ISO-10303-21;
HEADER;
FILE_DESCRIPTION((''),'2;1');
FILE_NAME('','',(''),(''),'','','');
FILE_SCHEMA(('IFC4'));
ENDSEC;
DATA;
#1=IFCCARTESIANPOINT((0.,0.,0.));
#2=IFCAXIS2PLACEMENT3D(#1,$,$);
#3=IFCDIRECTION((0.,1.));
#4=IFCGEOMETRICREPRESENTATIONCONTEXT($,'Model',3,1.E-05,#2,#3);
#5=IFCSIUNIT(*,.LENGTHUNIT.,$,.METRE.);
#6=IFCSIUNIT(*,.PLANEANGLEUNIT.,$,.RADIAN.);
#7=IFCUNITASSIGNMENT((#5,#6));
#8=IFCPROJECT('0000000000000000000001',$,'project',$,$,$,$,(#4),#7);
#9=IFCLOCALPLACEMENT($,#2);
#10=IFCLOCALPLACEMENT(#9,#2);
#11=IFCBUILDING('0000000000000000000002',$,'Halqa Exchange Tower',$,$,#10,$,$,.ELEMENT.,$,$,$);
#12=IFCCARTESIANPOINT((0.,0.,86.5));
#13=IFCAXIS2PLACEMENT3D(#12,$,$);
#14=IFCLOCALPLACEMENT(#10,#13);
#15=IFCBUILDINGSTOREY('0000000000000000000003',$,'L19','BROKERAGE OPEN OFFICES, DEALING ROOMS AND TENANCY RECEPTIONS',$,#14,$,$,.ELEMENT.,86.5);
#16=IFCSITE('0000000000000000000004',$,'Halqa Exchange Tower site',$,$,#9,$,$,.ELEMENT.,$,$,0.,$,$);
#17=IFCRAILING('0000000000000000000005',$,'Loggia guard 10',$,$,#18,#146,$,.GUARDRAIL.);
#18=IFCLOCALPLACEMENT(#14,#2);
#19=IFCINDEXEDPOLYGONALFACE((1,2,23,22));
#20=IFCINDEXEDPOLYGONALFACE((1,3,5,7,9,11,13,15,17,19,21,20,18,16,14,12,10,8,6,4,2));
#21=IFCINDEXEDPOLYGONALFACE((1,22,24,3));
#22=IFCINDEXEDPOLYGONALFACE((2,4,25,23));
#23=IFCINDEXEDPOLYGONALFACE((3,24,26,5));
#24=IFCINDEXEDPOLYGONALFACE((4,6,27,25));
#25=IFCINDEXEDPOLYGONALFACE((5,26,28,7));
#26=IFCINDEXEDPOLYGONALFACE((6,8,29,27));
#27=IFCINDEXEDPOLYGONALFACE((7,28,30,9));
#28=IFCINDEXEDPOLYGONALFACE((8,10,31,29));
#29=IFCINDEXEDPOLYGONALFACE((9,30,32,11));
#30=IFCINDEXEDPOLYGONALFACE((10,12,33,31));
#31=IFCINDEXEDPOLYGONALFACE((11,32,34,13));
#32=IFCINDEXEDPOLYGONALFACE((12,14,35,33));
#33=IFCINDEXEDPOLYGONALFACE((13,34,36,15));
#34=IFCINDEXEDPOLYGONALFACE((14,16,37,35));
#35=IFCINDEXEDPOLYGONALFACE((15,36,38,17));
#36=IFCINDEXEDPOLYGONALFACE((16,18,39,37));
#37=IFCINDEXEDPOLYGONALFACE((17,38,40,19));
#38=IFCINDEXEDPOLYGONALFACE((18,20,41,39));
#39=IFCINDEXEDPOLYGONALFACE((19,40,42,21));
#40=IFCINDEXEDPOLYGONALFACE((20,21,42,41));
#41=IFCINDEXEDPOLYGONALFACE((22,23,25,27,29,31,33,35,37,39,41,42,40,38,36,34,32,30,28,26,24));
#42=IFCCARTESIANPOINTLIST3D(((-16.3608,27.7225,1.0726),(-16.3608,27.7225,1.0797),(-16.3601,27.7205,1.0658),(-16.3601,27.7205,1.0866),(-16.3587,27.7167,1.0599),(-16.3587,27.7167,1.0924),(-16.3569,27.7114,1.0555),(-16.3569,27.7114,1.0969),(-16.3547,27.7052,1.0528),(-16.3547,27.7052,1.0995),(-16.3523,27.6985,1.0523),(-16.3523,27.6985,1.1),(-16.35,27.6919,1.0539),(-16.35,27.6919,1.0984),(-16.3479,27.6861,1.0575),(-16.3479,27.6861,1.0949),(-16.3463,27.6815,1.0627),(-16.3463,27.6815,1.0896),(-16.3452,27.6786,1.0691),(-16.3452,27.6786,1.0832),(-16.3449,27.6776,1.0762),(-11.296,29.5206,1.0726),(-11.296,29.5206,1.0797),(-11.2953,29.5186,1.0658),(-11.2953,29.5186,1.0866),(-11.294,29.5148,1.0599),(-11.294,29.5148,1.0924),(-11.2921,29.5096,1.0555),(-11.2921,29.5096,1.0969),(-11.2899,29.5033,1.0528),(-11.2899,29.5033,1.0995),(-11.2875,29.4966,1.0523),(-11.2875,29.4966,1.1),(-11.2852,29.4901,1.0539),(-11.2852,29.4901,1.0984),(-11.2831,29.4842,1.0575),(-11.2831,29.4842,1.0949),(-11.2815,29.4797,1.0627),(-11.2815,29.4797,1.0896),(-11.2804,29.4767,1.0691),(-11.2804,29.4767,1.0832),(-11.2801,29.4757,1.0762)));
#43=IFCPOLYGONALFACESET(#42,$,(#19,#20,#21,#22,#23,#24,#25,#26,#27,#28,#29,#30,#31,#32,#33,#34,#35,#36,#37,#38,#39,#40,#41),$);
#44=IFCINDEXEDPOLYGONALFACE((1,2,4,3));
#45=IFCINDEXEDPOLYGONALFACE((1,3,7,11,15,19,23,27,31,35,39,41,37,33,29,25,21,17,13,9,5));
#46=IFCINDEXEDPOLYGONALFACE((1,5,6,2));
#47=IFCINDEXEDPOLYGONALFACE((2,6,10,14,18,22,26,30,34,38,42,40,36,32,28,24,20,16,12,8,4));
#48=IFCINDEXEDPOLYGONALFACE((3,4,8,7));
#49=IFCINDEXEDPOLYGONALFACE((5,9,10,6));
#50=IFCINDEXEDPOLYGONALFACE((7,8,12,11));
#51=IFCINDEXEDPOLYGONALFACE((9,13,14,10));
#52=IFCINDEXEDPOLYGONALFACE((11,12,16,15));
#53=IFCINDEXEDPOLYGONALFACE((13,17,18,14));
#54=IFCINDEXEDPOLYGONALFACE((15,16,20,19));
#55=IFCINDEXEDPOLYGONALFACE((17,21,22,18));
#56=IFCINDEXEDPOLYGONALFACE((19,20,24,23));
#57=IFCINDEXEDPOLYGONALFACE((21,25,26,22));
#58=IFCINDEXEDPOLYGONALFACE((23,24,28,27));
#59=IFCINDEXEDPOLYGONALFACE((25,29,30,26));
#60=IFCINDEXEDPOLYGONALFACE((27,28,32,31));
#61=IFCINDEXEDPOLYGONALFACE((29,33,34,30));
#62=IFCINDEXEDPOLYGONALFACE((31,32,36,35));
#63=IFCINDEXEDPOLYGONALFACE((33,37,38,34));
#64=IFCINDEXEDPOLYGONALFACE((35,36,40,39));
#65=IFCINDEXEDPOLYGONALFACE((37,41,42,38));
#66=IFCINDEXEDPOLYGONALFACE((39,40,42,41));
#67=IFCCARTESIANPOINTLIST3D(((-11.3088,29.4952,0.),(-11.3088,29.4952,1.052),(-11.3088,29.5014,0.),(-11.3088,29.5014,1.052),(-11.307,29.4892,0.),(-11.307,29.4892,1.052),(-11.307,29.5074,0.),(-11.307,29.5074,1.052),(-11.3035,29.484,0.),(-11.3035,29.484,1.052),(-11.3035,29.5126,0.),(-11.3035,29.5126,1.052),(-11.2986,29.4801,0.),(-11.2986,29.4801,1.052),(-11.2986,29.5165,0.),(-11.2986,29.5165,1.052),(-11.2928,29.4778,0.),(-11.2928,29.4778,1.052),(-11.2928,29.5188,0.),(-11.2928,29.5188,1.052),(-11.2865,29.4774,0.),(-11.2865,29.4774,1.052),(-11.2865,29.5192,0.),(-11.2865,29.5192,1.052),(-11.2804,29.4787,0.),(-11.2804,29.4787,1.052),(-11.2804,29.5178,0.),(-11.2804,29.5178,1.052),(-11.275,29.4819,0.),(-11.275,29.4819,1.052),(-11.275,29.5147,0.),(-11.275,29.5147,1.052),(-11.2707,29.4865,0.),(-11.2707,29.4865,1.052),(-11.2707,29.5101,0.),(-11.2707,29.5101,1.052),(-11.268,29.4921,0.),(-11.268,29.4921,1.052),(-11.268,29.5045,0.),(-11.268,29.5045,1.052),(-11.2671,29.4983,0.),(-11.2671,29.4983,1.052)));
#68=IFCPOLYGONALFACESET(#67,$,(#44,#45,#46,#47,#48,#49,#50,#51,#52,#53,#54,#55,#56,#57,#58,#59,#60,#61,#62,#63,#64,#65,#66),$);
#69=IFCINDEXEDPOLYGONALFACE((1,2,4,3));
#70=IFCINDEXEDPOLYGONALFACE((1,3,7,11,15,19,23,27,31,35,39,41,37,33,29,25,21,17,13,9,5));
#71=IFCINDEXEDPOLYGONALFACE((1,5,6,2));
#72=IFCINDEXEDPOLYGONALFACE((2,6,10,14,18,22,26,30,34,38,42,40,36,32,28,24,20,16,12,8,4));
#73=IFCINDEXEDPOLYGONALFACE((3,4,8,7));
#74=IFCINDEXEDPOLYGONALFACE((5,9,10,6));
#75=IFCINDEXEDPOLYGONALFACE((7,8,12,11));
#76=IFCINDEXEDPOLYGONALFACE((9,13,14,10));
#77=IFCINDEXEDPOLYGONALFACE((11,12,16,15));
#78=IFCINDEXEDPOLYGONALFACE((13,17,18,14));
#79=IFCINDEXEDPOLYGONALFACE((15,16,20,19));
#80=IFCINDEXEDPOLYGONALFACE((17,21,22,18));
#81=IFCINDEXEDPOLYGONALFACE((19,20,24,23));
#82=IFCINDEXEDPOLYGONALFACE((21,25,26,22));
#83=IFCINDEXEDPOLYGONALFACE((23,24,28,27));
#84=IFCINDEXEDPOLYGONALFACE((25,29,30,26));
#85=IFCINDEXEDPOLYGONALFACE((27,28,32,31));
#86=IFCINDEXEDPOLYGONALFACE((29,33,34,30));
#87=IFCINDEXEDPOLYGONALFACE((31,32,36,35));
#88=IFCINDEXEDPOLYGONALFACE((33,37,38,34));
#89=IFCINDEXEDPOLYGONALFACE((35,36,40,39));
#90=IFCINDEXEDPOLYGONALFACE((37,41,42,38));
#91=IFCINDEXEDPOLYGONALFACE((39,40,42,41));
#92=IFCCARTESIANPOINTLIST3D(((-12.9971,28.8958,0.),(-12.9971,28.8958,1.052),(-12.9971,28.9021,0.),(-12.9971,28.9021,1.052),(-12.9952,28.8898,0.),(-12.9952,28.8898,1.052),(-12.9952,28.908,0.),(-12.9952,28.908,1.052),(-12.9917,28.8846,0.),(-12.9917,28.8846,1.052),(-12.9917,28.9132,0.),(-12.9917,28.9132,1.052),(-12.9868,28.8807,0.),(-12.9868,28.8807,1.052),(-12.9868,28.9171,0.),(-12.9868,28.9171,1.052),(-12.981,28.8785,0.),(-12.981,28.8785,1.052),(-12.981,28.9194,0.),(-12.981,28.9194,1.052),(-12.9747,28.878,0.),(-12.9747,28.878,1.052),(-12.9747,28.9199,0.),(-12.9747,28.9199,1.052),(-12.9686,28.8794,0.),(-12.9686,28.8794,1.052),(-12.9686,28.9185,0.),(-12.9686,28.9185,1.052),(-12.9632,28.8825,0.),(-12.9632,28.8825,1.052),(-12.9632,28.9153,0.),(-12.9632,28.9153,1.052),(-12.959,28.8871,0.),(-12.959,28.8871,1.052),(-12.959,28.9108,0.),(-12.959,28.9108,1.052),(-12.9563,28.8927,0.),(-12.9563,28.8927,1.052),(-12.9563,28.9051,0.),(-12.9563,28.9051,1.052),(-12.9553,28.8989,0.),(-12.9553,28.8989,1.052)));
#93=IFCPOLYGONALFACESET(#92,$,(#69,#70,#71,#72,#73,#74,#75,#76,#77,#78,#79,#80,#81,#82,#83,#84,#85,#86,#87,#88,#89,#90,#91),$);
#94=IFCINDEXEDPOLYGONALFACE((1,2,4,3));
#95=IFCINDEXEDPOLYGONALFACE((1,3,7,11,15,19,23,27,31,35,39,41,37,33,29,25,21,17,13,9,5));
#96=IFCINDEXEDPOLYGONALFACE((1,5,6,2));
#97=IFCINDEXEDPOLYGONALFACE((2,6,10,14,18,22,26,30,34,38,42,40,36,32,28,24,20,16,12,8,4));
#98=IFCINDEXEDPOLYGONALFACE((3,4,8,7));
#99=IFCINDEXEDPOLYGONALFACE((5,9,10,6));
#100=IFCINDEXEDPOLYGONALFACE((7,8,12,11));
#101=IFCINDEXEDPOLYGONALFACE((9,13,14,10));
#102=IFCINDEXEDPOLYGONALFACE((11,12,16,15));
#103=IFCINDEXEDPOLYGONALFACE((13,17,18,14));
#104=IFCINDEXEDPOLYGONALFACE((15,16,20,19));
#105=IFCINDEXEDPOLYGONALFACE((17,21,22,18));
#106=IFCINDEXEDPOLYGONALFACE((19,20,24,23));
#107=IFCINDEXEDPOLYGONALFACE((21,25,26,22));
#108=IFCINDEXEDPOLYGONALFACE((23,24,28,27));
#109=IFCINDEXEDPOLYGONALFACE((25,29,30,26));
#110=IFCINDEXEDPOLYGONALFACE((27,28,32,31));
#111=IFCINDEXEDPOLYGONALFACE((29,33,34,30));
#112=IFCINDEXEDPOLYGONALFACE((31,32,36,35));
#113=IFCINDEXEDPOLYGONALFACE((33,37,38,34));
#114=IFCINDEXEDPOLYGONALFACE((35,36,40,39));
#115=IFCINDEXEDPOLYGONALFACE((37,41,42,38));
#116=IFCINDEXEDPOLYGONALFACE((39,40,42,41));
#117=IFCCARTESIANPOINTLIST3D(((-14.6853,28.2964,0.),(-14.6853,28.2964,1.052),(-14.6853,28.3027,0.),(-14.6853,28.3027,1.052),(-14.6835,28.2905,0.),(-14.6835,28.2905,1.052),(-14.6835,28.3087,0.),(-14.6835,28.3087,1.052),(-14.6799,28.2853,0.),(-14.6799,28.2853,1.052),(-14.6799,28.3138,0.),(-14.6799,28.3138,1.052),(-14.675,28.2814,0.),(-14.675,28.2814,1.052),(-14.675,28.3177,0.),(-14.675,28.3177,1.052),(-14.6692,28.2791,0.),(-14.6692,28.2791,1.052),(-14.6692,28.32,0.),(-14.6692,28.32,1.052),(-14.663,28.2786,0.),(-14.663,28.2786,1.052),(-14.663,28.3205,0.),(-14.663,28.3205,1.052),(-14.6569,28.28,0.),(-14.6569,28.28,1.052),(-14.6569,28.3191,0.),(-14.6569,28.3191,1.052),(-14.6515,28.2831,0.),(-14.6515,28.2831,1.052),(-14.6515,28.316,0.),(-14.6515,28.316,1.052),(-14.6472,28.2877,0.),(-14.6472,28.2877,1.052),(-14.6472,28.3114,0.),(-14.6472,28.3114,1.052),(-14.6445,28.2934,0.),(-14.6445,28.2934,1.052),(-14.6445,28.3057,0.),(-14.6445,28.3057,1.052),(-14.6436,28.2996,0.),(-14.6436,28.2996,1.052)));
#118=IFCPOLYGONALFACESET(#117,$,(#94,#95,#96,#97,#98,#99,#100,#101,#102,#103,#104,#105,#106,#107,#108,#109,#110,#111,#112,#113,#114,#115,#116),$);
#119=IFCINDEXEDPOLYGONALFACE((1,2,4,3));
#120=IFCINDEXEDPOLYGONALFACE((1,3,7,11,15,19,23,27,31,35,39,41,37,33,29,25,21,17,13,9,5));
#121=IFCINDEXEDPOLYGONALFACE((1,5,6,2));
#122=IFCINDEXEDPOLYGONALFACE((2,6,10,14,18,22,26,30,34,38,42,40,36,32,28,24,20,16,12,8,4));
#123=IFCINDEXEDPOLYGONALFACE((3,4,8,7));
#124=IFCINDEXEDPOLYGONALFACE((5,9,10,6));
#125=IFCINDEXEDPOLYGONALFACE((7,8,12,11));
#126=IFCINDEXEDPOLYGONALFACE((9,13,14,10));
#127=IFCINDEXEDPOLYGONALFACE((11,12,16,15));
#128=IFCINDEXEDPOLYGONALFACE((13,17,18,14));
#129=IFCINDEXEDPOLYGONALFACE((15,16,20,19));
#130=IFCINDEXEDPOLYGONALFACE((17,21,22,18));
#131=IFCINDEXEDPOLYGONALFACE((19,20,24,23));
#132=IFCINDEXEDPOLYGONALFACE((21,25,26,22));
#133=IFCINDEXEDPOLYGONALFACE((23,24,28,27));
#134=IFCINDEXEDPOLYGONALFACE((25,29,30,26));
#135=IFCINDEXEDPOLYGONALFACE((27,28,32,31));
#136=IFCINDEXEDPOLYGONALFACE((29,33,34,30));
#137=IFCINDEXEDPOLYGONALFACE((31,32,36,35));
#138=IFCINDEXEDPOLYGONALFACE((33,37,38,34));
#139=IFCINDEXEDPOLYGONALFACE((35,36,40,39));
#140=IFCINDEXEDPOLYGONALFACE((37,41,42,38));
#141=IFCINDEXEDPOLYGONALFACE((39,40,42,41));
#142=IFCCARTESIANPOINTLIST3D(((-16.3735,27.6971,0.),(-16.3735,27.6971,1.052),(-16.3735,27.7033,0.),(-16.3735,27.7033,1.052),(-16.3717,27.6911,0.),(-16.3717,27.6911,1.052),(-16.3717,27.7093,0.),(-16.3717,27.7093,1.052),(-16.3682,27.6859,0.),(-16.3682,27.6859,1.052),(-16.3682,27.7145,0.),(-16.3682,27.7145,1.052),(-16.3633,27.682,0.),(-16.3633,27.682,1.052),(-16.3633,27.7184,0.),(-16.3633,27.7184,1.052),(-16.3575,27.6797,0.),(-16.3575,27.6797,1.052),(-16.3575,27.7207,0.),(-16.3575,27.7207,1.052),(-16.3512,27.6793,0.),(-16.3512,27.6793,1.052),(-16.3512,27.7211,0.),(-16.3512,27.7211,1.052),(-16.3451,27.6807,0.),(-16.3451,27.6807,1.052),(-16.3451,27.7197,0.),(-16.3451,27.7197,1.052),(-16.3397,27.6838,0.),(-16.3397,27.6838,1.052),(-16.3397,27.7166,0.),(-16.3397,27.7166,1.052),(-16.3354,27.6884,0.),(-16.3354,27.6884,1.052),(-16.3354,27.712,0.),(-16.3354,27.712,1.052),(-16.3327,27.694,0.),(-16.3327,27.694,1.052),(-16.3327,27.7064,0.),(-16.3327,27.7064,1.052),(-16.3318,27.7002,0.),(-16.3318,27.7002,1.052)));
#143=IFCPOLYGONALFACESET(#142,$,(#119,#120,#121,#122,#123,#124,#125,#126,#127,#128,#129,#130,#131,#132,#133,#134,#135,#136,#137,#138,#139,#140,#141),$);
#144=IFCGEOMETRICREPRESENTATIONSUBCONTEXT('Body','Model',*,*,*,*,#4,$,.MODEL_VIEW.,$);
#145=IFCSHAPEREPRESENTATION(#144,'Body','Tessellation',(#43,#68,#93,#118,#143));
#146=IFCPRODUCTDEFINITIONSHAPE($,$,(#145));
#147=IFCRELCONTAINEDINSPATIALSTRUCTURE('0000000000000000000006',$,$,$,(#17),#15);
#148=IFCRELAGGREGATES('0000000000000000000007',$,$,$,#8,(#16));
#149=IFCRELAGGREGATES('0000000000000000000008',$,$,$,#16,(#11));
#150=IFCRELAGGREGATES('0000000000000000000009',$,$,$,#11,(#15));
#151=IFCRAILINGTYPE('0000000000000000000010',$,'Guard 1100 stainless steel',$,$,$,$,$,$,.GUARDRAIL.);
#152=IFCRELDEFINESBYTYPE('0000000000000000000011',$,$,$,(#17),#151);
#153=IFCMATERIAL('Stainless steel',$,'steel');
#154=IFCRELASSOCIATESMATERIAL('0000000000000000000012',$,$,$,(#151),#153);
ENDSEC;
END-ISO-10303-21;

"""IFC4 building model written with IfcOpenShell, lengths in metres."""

from ifc_helpers import new_model, si_unit, direction, frame, origin, origin_2d, place, context, subcontext, project, spatial, circle, extrude, material, type_object, element, save


model = new_model("IFC4")

# Units and contexts
model_context = context("Model", 3, precision=1e-05, world=origin(), true_north=direction((0.0, 1.0)))
body_context = subcontext(model_context, "Body", "Model", "MODEL_VIEW")
ifc_project = project(units=[si_unit("LENGTHUNIT", "METRE"), si_unit("PLANEANGLEUNIT", "RADIAN")], contexts=[model_context])

# Site, building, storey
site_placement = place(None, origin())
site = spatial("IfcSite", under=ifc_project, at=site_placement, Name="Halqa Exchange Tower site", CompositionType="ELEMENT", RefElevation=0.0)
building_placement = place(site_placement, origin())
building = spatial("IfcBuilding", under=site, at=building_placement, Name="Halqa Exchange Tower", CompositionType="ELEMENT")
storey_placement = place(building_placement, frame((0.0, 0.0, 86.5)))
storey = spatial("IfcBuildingStorey", under=building, at=storey_placement, Name="L19", Description="BROKERAGE OPEN OFFICES, DEALING ROOMS AND TENANCY RECEPTIONS", CompositionType="ELEMENT", Elevation=86.5)

# Railing
ifc_material_1 = material(Name="Stainless steel", Category="steel")
railing_type_1 = type_object("IfcRailingType", Name="Guard 1100 stainless steel", PredefinedType="GUARDRAIL", material=ifc_material_1)
railing_1_placement = place(storey_placement, frame((-11.2881, 29.4983, 0.0)))
element("IfcRailing", 1, at=railing_1_placement, inside=storey, type_object=railing_type_1, Name="Loggia guard 10", PredefinedType="GUARDRAIL", context=body_context, shape_type="SweptSolid", body=[
    extrude(circle(Radius=0.0239, at=origin_2d()), frame((0.0, 0.0, 1.0762), z_axis=(-0.942372, -0.334566, 0.0), x_axis=(0.334566, -0.942372, 0.0)), (0.0, 0.0, 1.0), 5.3745),
    extrude(circle(Radius=0.021, at=origin_2d()), origin(), (0.0, 0.0, 1.0), 1.052),
    extrude(circle(Radius=0.021, at=origin_2d()), frame((-1.6882, -0.5994, 0.0)), (0.0, 0.0, 1.0), 1.052),
    extrude(circle(Radius=0.021, at=origin_2d()), frame((-3.3765, -1.1987, 0.0)), (0.0, 0.0, 1.0), 1.052),
    extrude(circle(Radius=0.021, at=origin_2d()), frame((-5.0647, -1.7981, 0.0)), (0.0, 0.0, 1.0), 1.052),
])

save(model, "model.ifc")
